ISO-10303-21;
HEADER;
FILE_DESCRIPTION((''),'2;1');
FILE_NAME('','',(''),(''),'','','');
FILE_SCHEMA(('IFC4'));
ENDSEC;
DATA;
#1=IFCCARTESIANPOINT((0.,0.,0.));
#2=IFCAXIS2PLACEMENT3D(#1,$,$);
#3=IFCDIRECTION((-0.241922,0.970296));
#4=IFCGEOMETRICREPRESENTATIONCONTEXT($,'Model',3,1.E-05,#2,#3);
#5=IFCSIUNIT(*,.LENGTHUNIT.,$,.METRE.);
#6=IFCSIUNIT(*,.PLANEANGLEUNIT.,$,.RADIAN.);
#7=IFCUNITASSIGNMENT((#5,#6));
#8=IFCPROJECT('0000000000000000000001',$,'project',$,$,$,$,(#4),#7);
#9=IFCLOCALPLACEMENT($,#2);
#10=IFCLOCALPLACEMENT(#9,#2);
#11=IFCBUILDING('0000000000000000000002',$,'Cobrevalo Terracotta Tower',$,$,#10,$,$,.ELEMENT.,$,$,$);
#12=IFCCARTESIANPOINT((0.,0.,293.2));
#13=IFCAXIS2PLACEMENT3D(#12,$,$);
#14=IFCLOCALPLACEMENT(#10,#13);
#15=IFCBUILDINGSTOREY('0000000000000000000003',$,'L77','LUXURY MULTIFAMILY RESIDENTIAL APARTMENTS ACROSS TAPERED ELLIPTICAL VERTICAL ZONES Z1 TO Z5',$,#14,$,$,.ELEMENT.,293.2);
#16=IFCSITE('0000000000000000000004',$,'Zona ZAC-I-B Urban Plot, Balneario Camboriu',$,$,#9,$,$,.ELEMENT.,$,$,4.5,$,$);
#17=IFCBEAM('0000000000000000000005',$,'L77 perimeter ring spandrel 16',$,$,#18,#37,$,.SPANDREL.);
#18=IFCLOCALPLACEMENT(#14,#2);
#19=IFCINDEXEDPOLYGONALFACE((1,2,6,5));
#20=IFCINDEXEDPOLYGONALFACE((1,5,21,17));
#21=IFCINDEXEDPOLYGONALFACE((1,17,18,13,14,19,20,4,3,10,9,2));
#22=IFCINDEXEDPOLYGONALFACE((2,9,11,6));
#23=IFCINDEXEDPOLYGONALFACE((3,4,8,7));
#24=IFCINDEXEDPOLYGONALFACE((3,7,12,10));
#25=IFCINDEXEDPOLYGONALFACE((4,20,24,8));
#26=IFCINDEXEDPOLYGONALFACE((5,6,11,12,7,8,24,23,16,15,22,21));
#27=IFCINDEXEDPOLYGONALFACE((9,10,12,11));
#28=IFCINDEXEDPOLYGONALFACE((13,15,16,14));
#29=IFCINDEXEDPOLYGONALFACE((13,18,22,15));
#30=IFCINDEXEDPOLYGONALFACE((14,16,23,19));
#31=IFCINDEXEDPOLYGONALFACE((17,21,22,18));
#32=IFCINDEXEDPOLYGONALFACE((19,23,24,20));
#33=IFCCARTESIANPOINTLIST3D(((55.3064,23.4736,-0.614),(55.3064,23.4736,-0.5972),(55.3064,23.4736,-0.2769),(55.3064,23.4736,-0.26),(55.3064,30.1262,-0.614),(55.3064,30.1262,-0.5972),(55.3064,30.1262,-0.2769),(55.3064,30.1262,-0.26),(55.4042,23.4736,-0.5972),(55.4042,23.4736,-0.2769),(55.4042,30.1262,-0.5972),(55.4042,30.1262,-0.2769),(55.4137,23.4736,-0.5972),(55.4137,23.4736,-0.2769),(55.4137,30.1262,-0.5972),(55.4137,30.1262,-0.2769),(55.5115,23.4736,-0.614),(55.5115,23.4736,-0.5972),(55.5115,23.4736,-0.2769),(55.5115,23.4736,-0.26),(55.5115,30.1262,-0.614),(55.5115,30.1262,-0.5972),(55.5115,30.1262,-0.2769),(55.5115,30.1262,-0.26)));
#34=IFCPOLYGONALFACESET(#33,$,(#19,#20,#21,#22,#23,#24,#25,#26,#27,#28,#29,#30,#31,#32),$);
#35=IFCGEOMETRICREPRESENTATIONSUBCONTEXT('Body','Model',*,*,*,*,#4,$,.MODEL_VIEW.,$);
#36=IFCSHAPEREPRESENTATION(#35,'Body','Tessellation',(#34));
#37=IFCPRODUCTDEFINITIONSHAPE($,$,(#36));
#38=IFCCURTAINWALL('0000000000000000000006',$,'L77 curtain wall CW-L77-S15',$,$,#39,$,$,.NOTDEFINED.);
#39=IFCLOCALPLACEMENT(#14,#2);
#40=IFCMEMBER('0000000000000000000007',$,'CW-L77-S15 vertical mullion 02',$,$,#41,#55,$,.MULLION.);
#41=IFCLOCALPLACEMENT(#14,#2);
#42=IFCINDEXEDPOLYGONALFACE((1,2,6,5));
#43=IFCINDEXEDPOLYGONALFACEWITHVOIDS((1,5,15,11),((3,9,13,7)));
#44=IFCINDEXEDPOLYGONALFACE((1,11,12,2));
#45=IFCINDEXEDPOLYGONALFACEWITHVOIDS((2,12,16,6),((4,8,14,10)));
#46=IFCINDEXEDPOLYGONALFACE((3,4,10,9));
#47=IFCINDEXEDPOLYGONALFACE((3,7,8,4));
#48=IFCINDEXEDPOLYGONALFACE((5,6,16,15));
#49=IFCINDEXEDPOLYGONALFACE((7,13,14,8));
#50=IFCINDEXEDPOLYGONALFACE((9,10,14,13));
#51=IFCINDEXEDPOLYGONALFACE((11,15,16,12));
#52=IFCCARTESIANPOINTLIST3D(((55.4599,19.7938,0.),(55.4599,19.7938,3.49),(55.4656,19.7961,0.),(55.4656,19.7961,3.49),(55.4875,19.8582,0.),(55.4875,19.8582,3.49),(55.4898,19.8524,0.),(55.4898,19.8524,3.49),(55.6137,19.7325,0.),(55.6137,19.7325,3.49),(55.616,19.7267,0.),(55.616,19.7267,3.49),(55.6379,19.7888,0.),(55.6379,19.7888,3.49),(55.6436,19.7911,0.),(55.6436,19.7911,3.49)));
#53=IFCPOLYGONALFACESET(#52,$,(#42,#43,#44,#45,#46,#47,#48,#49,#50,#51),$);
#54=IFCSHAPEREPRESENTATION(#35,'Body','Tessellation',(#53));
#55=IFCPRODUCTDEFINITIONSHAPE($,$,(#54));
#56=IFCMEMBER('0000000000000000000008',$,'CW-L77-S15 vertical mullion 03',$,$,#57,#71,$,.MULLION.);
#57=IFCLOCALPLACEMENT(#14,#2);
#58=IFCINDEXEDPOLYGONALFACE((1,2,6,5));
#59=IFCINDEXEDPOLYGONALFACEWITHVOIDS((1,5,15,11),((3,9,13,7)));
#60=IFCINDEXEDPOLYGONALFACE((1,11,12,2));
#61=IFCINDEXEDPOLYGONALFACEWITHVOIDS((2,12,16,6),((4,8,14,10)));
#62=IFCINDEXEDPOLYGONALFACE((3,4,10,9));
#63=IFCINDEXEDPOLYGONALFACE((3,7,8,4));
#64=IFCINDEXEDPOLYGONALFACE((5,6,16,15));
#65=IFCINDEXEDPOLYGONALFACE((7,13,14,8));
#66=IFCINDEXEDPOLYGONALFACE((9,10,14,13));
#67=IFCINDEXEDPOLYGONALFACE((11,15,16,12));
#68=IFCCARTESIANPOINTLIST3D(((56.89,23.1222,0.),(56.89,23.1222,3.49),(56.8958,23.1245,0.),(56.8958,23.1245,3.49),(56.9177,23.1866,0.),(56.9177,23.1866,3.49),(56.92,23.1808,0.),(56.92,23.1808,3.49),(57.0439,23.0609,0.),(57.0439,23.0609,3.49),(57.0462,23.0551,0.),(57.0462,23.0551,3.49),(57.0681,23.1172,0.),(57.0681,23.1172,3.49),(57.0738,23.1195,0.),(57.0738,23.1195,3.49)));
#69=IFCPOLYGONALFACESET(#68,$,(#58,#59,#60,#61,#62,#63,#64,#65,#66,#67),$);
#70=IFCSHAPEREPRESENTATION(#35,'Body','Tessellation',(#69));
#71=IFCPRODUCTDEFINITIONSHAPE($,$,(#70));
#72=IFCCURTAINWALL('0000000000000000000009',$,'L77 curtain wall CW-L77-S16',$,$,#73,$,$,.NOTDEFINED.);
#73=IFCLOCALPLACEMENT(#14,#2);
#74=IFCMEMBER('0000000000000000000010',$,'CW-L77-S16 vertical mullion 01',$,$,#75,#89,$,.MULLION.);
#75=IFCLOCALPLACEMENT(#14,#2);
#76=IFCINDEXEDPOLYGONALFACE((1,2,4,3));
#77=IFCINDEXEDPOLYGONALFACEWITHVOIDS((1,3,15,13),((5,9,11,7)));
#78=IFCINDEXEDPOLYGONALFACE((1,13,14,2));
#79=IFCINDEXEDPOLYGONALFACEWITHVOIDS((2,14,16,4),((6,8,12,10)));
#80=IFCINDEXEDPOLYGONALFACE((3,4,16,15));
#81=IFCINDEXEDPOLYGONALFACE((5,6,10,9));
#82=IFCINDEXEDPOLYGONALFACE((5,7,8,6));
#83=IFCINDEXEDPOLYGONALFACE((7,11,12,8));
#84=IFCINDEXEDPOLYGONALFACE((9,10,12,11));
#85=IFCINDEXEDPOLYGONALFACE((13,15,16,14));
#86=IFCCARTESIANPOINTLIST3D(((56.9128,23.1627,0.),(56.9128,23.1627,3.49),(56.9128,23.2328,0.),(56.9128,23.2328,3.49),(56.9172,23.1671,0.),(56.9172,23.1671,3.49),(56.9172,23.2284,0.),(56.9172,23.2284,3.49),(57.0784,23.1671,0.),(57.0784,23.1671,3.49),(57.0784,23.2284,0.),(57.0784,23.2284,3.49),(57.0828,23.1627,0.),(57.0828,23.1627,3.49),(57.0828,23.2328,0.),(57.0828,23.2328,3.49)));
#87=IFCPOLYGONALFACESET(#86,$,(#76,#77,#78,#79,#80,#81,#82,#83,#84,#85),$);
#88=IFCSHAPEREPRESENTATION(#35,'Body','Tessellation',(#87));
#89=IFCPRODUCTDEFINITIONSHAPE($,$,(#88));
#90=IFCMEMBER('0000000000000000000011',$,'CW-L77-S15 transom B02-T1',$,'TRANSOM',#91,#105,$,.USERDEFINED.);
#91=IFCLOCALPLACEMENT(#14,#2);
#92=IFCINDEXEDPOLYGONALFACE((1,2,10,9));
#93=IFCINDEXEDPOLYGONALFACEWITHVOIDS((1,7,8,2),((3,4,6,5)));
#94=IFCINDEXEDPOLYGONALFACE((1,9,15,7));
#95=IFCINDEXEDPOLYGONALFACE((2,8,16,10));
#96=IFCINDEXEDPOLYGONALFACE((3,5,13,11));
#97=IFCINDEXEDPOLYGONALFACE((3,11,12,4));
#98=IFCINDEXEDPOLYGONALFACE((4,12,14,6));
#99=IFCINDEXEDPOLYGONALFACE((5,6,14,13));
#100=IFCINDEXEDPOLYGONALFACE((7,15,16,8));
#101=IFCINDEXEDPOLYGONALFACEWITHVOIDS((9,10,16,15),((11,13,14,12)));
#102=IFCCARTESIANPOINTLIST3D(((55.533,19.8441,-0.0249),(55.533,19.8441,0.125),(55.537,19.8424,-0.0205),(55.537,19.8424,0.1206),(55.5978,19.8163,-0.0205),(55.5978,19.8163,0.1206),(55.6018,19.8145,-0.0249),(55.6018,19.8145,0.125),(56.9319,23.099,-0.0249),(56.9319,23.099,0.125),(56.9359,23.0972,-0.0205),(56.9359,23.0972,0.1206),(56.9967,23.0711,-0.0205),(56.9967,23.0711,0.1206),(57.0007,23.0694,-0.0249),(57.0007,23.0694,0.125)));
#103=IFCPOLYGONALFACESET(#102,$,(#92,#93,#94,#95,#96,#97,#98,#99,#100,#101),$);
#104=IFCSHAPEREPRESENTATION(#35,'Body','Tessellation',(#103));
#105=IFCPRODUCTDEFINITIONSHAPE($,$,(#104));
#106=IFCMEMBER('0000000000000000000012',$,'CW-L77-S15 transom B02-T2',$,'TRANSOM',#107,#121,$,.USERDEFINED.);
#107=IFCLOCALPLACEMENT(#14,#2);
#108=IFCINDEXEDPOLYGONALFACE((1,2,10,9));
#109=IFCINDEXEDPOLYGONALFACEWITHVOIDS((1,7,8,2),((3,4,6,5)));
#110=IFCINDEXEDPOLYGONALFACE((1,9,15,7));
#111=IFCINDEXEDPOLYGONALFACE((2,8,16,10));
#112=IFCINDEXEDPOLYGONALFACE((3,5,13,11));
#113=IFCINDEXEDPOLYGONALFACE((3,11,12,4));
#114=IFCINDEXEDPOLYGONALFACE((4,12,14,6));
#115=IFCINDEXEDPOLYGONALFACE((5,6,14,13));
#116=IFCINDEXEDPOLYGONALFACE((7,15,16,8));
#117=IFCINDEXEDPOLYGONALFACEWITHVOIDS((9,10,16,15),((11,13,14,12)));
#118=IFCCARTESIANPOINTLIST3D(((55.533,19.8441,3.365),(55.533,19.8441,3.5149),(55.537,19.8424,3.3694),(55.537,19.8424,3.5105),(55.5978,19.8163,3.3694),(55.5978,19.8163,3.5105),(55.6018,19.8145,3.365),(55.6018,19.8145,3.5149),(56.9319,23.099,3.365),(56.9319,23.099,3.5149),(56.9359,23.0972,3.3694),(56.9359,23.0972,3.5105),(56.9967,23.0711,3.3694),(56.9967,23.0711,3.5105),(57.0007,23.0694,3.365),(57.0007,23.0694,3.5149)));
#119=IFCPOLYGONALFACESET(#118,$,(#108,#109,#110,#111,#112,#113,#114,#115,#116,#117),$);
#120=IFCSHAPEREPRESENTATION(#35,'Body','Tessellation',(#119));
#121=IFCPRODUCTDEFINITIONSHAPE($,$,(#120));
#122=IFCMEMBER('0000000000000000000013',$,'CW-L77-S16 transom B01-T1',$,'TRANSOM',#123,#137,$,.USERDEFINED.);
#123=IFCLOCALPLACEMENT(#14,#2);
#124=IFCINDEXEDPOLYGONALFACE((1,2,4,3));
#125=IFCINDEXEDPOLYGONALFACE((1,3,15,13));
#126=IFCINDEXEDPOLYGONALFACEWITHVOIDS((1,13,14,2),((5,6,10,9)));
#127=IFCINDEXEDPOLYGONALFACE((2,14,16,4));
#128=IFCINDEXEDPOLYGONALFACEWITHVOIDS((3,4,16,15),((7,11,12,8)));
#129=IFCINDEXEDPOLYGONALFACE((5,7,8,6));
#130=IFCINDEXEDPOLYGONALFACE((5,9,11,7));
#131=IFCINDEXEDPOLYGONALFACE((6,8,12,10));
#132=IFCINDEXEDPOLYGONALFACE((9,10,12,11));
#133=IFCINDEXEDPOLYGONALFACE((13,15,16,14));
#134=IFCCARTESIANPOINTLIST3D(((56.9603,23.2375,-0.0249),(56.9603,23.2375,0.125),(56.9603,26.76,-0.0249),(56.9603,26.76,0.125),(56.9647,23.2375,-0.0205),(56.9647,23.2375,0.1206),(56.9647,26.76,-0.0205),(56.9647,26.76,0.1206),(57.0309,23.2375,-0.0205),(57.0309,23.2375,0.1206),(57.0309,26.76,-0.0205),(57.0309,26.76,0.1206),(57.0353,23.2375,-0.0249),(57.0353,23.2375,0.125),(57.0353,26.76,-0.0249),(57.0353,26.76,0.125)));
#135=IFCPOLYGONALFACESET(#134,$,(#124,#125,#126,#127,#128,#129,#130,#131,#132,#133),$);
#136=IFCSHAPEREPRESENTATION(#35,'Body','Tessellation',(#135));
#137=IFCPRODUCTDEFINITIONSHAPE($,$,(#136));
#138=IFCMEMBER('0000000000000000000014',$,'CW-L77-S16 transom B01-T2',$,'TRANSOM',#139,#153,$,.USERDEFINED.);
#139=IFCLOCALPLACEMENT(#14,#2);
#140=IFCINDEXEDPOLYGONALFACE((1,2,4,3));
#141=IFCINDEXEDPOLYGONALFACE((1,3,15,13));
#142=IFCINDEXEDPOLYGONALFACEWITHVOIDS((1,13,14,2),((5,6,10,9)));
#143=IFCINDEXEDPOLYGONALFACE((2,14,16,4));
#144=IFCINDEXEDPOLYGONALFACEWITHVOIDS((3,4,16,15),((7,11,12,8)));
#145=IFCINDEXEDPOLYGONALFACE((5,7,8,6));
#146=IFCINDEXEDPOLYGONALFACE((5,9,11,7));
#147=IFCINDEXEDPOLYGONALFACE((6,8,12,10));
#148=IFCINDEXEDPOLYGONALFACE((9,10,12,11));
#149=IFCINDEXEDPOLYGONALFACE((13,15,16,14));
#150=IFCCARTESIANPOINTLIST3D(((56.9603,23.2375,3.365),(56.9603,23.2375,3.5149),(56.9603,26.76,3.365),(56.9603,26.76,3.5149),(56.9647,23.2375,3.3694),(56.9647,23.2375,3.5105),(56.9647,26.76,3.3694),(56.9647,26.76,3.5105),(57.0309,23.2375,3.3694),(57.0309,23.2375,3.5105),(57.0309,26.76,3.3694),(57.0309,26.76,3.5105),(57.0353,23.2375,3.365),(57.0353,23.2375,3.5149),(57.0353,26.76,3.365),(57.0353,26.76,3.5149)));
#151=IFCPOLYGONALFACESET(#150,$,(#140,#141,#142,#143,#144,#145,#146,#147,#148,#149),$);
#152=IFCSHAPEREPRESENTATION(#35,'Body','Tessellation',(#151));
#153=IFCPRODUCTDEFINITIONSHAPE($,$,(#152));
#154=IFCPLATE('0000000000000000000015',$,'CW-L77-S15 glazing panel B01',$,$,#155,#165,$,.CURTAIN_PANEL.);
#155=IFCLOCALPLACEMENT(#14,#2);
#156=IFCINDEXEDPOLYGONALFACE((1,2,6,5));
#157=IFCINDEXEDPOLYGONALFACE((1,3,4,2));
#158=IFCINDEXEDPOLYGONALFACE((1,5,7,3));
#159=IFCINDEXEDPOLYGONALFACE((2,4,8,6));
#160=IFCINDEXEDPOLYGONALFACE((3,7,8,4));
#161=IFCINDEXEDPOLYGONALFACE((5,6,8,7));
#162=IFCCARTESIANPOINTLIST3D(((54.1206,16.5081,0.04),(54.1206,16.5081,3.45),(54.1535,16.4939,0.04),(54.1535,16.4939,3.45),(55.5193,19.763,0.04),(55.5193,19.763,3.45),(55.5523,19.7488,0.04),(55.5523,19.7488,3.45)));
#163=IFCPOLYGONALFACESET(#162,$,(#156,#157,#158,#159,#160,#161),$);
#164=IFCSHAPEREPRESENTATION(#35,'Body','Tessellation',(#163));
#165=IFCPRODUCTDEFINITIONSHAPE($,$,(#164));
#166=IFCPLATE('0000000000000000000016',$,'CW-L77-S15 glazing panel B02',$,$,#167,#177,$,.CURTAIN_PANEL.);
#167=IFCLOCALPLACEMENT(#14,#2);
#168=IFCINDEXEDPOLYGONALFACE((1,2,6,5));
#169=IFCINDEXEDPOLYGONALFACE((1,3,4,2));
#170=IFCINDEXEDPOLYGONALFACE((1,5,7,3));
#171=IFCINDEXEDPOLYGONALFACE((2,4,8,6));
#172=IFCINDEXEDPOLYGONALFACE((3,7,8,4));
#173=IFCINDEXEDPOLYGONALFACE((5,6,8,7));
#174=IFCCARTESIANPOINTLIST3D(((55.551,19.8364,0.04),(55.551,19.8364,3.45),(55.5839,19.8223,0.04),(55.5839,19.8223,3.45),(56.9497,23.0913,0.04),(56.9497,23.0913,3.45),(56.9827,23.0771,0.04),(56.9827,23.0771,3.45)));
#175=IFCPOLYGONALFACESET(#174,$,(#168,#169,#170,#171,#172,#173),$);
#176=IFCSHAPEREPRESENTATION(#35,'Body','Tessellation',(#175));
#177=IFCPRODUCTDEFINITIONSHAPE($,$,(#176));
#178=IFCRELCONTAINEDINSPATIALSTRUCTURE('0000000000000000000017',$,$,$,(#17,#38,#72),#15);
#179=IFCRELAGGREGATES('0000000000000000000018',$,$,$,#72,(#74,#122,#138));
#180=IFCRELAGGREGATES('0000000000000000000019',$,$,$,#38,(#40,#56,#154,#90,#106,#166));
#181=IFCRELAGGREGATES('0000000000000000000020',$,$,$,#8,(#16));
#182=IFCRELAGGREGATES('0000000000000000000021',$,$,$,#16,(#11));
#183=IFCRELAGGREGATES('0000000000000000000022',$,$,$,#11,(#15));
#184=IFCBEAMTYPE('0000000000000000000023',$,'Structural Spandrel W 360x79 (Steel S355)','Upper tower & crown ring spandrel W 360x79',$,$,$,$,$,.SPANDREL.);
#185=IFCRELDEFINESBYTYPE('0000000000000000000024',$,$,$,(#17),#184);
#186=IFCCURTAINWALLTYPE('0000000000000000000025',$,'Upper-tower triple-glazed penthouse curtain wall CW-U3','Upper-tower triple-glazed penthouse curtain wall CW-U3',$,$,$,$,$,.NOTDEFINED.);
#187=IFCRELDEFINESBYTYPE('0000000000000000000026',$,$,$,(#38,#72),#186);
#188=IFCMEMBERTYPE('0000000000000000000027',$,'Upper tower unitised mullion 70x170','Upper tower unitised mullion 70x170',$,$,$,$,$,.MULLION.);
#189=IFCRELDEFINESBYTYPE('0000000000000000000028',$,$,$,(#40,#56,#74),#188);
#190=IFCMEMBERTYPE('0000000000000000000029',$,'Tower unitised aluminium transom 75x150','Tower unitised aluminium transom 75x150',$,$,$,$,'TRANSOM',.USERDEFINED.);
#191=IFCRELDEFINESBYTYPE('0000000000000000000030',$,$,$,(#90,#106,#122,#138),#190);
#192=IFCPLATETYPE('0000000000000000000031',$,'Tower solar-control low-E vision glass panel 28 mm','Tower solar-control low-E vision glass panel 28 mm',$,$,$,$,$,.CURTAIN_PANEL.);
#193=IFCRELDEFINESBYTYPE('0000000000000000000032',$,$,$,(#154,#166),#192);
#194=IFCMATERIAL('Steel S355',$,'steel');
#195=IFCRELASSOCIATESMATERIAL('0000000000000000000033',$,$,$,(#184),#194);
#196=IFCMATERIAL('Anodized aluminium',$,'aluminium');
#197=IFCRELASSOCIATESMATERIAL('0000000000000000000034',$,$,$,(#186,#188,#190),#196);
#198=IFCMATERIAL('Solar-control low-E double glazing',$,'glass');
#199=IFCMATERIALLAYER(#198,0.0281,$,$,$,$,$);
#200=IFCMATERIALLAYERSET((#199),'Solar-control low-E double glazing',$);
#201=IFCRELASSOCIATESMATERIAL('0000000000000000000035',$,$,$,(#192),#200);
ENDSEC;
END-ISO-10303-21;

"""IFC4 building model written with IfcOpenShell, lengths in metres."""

from ifc_helpers import new_model, si_unit, direction, frame, origin, origin_2d, place, context, subcontext, project, spatial, rectangle, hollow_rectangle, i_section, extrude, source, transform, mapped, material, layer, layer_set, material_profile, profile_set, type_object, element, aggregate, save


model = new_model("IFC4")

# Units and contexts
model_context = context("Model", 3, precision=1e-05, world=origin(), true_north=direction((-0.241922, 0.970296)))
body_context = subcontext(model_context, "Body", "Model", "MODEL_VIEW")
ifc_project = project(units=[si_unit("LENGTHUNIT", "METRE"), si_unit("PLANEANGLEUNIT", "RADIAN")], contexts=[model_context])

# Site, building, storey
site_placement = place(None, origin())
site = spatial("IfcSite", under=ifc_project, at=site_placement, Name="Zona ZAC-I-B Urban Plot, Balneario Camboriu", CompositionType="ELEMENT", RefElevation=4.5)
building_placement = place(site_placement, origin())
building = spatial("IfcBuilding", under=site, at=building_placement, Name="Cobrevalo Terracotta Tower", CompositionType="ELEMENT")
storey_placement = place(building_placement, frame((0.0, 0.0, 293.2)))
storey = spatial("IfcBuildingStorey", under=building, at=storey_placement, Name="L77", Description="LUXURY MULTIFAMILY RESIDENTIAL APARTMENTS ACROSS TAPERED ELLIPTICAL VERTICAL ZONES Z1 TO Z5", CompositionType="ELEMENT", Elevation=293.2)

# Shared definitions
ifc_material_1 = material(Name="Steel S355", Category="steel")

# Beam
ifc_material_profile_1 = material_profile(ifc_material_1, i_section(OverallWidth=0.2051, OverallDepth=0.354, WebThickness=0.0095, FlangeThickness=0.0168, at=origin_2d()), Name="W 360x79")
ifc_profile_set_1 = profile_set([ifc_material_profile_1], Name="Steel S355")
beam_type_1 = type_object("IfcBeamType", Name="Structural Spandrel W 360x79 (Steel S355)", Description="Upper tower & crown ring spandrel W 360x79", PredefinedType="SPANDREL", material=ifc_profile_set_1)
beam_1_placement = place(storey_placement, frame((55.4089, 23.4736, -0.437), z_axis=(0.0, 1.0, 0.0), x_axis=(-1.0, 0.0, 0.0)))
element("IfcBeam", 1, at=beam_1_placement, inside=storey, type_object=beam_type_1, Name="L77 perimeter ring spandrel 16", PredefinedType="SPANDREL", context=body_context, shape_type="SweptSolid", body=[
    extrude(i_section(OverallWidth=0.2051, OverallDepth=0.354, WebThickness=0.0095, FlangeThickness=0.0168, at=origin_2d()), origin(), (0.0, 0.0, 1.0), 6.6526),
])

# Curtain wall, members
ifc_material_2 = material(Name="Anodized aluminium", Category="aluminium")
curtain_wall_type = type_object("IfcCurtainWallType", Name="Upper-tower triple-glazed penthouse curtain wall CW-U3", Description="Upper-tower triple-glazed penthouse curtain wall CW-U3", PredefinedType="NOTDEFINED", material=ifc_material_2)
curtain_wall_1_placement = place(storey_placement, origin())
curtain_wall_1 = element("IfcCurtainWall", 2, at=curtain_wall_1_placement, inside=storey, type_object=curtain_wall_type, Name="L77 curtain wall CW-L77-S15", PredefinedType="NOTDEFINED")
ifc_material_profile_2 = material_profile(ifc_material_2, hollow_rectangle(XDim=0.0701, YDim=0.1699, WallThickness=0.0044, at=origin_2d()), Name="CWM 70x170")
ifc_profile_set_2 = profile_set([ifc_material_profile_2], Name="Anodized aluminium")
member_type_1 = type_object("IfcMemberType", Name="Upper tower unitised mullion 70x170", Description="Upper tower unitised mullion 70x170", PredefinedType="MULLION", material=ifc_profile_set_2)
shared_shape_1 = source(origin(), body_context, "Body", "SweptSolid", [
    extrude(hollow_rectangle(XDim=0.0701, YDim=0.1699, WallThickness=0.0044, at=origin_2d()), origin(), (0.0, 0.0, 1.0), 3.49),
])
member_1_placement = place(storey_placement, frame((55.5518, 19.7925, 0.0), z_axis=(0.0, 0.0, 1.0), x_axis=(0.394824, 0.918757, 0.0)))
member_1 = element("IfcMember", 3, at=member_1_placement, type_object=member_type_1, Name="CW-L77-S15 vertical mullion 02", PredefinedType="MULLION", context=body_context, shape_type="MappedRepresentation", body=[
    mapped(shared_shape_1, transform((0.0, 0.0, 0.0), scale=1.0)),
])
member_2_placement = place(storey_placement, frame((56.9819, 23.1208, 0.0), z_axis=(0.0, 0.0, 1.0), x_axis=(0.394824, 0.918757, 0.0)))
member_2 = element("IfcMember", 4, at=member_2_placement, type_object=member_type_1, Name="CW-L77-S15 vertical mullion 03", PredefinedType="MULLION", context=body_context, shape_type="MappedRepresentation", body=[
    mapped(shared_shape_1, transform((0.0, 0.0, 0.0), scale=1.0)),
])

# Curtain wall, member
curtain_wall_2_placement = place(storey_placement, origin())
curtain_wall_2 = element("IfcCurtainWall", 5, at=curtain_wall_2_placement, inside=storey, type_object=curtain_wall_type, Name="L77 curtain wall CW-L77-S16", PredefinedType="NOTDEFINED")
member_3_placement = place(storey_placement, frame((56.9978, 23.1978, 0.0), z_axis=(0.0, 0.0, 1.0), x_axis=(0.0, 1.0, 0.0)))
member_3 = element("IfcMember", 6, at=member_3_placement, type_object=member_type_1, Name="CW-L77-S16 vertical mullion 01", PredefinedType="MULLION", context=body_context, shape_type="MappedRepresentation", body=[
    mapped(shared_shape_1, transform((0.0, 0.0, 0.0), scale=1.0)),
])

# Members
ifc_material_profile_3 = material_profile(ifc_material_2, hollow_rectangle(XDim=0.075, YDim=0.1499, WallThickness=0.0044, at=origin_2d()), Name="CWT 75x150")
ifc_profile_set_3 = profile_set([ifc_material_profile_3], Name="Anodized aluminium")
member_type_2 = type_object("IfcMemberType", Name="Tower unitised aluminium transom 75x150", Description="Tower unitised aluminium transom 75x150", ElementType="TRANSOM", PredefinedType="USERDEFINED", material=ifc_profile_set_3)
shared_shape_2 = source(origin(), body_context, "Body", "SweptSolid", [
    extrude(hollow_rectangle(XDim=0.075, YDim=0.1499, WallThickness=0.0044, at=origin_2d()), origin(), (0.0, 0.0, 1.0), 3.5427),
])
member_4_placement = place(storey_placement, frame((55.5674, 19.8293, 0.05), z_axis=(0.394867, 0.918738, 0.0), x_axis=(-0.918738, 0.394867, 0.0)))
member_4 = element("IfcMember", 7, at=member_4_placement, type_object=member_type_2, Name="CW-L77-S15 transom B02-T1", ObjectType="TRANSOM", PredefinedType="USERDEFINED", context=body_context, shape_type="MappedRepresentation", body=[
    mapped(shared_shape_2, transform((0.0, 0.0, 0.0), scale=1.0)),
])
member_5_placement = place(storey_placement, frame((55.5674, 19.8293, 3.4399), z_axis=(0.394867, 0.918738, 0.0), x_axis=(-0.918738, 0.394867, 0.0)))
member_5 = element("IfcMember", 8, at=member_5_placement, type_object=member_type_2, Name="CW-L77-S15 transom B02-T2", ObjectType="TRANSOM", PredefinedType="USERDEFINED", context=body_context, shape_type="MappedRepresentation", body=[
    mapped(shared_shape_2, transform((0.0, 0.0, 0.0), scale=1.0)),
])
shared_shape_3 = source(origin(), body_context, "Body", "SweptSolid", [
    extrude(hollow_rectangle(XDim=0.075, YDim=0.1499, WallThickness=0.0044, at=origin_2d()), origin(), (0.0, 0.0, 1.0), 3.5225),
])
member_6_placement = place(storey_placement, frame((56.9978, 23.2375, 0.05), z_axis=(0.0, 1.0, 0.0), x_axis=(-1.0, 0.0, 0.0)))
member_6 = element("IfcMember", 9, at=member_6_placement, type_object=member_type_2, Name="CW-L77-S16 transom B01-T1", ObjectType="TRANSOM", PredefinedType="USERDEFINED", context=body_context, shape_type="MappedRepresentation", body=[
    mapped(shared_shape_3, transform((0.0, 0.0, 0.0), scale=1.0)),
])
member_7_placement = place(storey_placement, frame((56.9978, 23.2375, 3.4399), z_axis=(0.0, 1.0, 0.0), x_axis=(-1.0, 0.0, 0.0)))
member_7 = element("IfcMember", 10, at=member_7_placement, type_object=member_type_2, Name="CW-L77-S16 transom B01-T2", ObjectType="TRANSOM", PredefinedType="USERDEFINED", context=body_context, shape_type="MappedRepresentation", body=[
    mapped(shared_shape_3, transform((0.0, 0.0, 0.0), scale=1.0)),
])
aggregate(curtain_wall_2, [member_3, member_6, member_7])

# Plates
ifc_material_3 = material(Name="Solar-control low-E double glazing", Category="glass")
ifc_layer_1 = layer(ifc_material_3, 0.0281)
ifc_layer_set_1 = layer_set([ifc_layer_1], Name="Solar-control low-E double glazing")
plate_type = type_object("IfcPlateType", Name="Tower solar-control low-E vision glass panel 28 mm", Description="Tower solar-control low-E vision glass panel 28 mm", PredefinedType="CURTAIN_PANEL", material=ifc_layer_set_1)
shared_shape_4 = source(origin(), body_context, "Body", "SweptSolid", [
    extrude(rectangle(XDim=3.5427, YDim=0.0359, at=origin_2d()), origin(), (0.0, 0.0, 1.0), 3.4099),
])
plate_1_placement = place(storey_placement, frame((54.8364, 18.1284, 0.04), z_axis=(0.0, 0.0, 1.0), x_axis=(0.394829, 0.918755, 0.0)))
plate_1 = element("IfcPlate", 11, at=plate_1_placement, type_object=plate_type, Name="CW-L77-S15 glazing panel B01", PredefinedType="CURTAIN_PANEL", context=body_context, shape_type="MappedRepresentation", body=[
    mapped(shared_shape_4, transform((0.0, 0.0, 0.0), scale=1.0)),
])
plate_2_placement = place(storey_placement, frame((56.2668, 21.4568, 0.04), z_axis=(0.0, 0.0, 1.0), x_axis=(0.394829, 0.918755, 0.0)))
plate_2 = element("IfcPlate", 12, at=plate_2_placement, type_object=plate_type, Name="CW-L77-S15 glazing panel B02", PredefinedType="CURTAIN_PANEL", context=body_context, shape_type="MappedRepresentation", body=[
    mapped(shared_shape_4, transform((0.0, 0.0, 0.0), scale=1.0)),
])
aggregate(curtain_wall_1, [member_1, member_2, plate_1, member_4, member_5, plate_2])

save(model, "model.ifc")
